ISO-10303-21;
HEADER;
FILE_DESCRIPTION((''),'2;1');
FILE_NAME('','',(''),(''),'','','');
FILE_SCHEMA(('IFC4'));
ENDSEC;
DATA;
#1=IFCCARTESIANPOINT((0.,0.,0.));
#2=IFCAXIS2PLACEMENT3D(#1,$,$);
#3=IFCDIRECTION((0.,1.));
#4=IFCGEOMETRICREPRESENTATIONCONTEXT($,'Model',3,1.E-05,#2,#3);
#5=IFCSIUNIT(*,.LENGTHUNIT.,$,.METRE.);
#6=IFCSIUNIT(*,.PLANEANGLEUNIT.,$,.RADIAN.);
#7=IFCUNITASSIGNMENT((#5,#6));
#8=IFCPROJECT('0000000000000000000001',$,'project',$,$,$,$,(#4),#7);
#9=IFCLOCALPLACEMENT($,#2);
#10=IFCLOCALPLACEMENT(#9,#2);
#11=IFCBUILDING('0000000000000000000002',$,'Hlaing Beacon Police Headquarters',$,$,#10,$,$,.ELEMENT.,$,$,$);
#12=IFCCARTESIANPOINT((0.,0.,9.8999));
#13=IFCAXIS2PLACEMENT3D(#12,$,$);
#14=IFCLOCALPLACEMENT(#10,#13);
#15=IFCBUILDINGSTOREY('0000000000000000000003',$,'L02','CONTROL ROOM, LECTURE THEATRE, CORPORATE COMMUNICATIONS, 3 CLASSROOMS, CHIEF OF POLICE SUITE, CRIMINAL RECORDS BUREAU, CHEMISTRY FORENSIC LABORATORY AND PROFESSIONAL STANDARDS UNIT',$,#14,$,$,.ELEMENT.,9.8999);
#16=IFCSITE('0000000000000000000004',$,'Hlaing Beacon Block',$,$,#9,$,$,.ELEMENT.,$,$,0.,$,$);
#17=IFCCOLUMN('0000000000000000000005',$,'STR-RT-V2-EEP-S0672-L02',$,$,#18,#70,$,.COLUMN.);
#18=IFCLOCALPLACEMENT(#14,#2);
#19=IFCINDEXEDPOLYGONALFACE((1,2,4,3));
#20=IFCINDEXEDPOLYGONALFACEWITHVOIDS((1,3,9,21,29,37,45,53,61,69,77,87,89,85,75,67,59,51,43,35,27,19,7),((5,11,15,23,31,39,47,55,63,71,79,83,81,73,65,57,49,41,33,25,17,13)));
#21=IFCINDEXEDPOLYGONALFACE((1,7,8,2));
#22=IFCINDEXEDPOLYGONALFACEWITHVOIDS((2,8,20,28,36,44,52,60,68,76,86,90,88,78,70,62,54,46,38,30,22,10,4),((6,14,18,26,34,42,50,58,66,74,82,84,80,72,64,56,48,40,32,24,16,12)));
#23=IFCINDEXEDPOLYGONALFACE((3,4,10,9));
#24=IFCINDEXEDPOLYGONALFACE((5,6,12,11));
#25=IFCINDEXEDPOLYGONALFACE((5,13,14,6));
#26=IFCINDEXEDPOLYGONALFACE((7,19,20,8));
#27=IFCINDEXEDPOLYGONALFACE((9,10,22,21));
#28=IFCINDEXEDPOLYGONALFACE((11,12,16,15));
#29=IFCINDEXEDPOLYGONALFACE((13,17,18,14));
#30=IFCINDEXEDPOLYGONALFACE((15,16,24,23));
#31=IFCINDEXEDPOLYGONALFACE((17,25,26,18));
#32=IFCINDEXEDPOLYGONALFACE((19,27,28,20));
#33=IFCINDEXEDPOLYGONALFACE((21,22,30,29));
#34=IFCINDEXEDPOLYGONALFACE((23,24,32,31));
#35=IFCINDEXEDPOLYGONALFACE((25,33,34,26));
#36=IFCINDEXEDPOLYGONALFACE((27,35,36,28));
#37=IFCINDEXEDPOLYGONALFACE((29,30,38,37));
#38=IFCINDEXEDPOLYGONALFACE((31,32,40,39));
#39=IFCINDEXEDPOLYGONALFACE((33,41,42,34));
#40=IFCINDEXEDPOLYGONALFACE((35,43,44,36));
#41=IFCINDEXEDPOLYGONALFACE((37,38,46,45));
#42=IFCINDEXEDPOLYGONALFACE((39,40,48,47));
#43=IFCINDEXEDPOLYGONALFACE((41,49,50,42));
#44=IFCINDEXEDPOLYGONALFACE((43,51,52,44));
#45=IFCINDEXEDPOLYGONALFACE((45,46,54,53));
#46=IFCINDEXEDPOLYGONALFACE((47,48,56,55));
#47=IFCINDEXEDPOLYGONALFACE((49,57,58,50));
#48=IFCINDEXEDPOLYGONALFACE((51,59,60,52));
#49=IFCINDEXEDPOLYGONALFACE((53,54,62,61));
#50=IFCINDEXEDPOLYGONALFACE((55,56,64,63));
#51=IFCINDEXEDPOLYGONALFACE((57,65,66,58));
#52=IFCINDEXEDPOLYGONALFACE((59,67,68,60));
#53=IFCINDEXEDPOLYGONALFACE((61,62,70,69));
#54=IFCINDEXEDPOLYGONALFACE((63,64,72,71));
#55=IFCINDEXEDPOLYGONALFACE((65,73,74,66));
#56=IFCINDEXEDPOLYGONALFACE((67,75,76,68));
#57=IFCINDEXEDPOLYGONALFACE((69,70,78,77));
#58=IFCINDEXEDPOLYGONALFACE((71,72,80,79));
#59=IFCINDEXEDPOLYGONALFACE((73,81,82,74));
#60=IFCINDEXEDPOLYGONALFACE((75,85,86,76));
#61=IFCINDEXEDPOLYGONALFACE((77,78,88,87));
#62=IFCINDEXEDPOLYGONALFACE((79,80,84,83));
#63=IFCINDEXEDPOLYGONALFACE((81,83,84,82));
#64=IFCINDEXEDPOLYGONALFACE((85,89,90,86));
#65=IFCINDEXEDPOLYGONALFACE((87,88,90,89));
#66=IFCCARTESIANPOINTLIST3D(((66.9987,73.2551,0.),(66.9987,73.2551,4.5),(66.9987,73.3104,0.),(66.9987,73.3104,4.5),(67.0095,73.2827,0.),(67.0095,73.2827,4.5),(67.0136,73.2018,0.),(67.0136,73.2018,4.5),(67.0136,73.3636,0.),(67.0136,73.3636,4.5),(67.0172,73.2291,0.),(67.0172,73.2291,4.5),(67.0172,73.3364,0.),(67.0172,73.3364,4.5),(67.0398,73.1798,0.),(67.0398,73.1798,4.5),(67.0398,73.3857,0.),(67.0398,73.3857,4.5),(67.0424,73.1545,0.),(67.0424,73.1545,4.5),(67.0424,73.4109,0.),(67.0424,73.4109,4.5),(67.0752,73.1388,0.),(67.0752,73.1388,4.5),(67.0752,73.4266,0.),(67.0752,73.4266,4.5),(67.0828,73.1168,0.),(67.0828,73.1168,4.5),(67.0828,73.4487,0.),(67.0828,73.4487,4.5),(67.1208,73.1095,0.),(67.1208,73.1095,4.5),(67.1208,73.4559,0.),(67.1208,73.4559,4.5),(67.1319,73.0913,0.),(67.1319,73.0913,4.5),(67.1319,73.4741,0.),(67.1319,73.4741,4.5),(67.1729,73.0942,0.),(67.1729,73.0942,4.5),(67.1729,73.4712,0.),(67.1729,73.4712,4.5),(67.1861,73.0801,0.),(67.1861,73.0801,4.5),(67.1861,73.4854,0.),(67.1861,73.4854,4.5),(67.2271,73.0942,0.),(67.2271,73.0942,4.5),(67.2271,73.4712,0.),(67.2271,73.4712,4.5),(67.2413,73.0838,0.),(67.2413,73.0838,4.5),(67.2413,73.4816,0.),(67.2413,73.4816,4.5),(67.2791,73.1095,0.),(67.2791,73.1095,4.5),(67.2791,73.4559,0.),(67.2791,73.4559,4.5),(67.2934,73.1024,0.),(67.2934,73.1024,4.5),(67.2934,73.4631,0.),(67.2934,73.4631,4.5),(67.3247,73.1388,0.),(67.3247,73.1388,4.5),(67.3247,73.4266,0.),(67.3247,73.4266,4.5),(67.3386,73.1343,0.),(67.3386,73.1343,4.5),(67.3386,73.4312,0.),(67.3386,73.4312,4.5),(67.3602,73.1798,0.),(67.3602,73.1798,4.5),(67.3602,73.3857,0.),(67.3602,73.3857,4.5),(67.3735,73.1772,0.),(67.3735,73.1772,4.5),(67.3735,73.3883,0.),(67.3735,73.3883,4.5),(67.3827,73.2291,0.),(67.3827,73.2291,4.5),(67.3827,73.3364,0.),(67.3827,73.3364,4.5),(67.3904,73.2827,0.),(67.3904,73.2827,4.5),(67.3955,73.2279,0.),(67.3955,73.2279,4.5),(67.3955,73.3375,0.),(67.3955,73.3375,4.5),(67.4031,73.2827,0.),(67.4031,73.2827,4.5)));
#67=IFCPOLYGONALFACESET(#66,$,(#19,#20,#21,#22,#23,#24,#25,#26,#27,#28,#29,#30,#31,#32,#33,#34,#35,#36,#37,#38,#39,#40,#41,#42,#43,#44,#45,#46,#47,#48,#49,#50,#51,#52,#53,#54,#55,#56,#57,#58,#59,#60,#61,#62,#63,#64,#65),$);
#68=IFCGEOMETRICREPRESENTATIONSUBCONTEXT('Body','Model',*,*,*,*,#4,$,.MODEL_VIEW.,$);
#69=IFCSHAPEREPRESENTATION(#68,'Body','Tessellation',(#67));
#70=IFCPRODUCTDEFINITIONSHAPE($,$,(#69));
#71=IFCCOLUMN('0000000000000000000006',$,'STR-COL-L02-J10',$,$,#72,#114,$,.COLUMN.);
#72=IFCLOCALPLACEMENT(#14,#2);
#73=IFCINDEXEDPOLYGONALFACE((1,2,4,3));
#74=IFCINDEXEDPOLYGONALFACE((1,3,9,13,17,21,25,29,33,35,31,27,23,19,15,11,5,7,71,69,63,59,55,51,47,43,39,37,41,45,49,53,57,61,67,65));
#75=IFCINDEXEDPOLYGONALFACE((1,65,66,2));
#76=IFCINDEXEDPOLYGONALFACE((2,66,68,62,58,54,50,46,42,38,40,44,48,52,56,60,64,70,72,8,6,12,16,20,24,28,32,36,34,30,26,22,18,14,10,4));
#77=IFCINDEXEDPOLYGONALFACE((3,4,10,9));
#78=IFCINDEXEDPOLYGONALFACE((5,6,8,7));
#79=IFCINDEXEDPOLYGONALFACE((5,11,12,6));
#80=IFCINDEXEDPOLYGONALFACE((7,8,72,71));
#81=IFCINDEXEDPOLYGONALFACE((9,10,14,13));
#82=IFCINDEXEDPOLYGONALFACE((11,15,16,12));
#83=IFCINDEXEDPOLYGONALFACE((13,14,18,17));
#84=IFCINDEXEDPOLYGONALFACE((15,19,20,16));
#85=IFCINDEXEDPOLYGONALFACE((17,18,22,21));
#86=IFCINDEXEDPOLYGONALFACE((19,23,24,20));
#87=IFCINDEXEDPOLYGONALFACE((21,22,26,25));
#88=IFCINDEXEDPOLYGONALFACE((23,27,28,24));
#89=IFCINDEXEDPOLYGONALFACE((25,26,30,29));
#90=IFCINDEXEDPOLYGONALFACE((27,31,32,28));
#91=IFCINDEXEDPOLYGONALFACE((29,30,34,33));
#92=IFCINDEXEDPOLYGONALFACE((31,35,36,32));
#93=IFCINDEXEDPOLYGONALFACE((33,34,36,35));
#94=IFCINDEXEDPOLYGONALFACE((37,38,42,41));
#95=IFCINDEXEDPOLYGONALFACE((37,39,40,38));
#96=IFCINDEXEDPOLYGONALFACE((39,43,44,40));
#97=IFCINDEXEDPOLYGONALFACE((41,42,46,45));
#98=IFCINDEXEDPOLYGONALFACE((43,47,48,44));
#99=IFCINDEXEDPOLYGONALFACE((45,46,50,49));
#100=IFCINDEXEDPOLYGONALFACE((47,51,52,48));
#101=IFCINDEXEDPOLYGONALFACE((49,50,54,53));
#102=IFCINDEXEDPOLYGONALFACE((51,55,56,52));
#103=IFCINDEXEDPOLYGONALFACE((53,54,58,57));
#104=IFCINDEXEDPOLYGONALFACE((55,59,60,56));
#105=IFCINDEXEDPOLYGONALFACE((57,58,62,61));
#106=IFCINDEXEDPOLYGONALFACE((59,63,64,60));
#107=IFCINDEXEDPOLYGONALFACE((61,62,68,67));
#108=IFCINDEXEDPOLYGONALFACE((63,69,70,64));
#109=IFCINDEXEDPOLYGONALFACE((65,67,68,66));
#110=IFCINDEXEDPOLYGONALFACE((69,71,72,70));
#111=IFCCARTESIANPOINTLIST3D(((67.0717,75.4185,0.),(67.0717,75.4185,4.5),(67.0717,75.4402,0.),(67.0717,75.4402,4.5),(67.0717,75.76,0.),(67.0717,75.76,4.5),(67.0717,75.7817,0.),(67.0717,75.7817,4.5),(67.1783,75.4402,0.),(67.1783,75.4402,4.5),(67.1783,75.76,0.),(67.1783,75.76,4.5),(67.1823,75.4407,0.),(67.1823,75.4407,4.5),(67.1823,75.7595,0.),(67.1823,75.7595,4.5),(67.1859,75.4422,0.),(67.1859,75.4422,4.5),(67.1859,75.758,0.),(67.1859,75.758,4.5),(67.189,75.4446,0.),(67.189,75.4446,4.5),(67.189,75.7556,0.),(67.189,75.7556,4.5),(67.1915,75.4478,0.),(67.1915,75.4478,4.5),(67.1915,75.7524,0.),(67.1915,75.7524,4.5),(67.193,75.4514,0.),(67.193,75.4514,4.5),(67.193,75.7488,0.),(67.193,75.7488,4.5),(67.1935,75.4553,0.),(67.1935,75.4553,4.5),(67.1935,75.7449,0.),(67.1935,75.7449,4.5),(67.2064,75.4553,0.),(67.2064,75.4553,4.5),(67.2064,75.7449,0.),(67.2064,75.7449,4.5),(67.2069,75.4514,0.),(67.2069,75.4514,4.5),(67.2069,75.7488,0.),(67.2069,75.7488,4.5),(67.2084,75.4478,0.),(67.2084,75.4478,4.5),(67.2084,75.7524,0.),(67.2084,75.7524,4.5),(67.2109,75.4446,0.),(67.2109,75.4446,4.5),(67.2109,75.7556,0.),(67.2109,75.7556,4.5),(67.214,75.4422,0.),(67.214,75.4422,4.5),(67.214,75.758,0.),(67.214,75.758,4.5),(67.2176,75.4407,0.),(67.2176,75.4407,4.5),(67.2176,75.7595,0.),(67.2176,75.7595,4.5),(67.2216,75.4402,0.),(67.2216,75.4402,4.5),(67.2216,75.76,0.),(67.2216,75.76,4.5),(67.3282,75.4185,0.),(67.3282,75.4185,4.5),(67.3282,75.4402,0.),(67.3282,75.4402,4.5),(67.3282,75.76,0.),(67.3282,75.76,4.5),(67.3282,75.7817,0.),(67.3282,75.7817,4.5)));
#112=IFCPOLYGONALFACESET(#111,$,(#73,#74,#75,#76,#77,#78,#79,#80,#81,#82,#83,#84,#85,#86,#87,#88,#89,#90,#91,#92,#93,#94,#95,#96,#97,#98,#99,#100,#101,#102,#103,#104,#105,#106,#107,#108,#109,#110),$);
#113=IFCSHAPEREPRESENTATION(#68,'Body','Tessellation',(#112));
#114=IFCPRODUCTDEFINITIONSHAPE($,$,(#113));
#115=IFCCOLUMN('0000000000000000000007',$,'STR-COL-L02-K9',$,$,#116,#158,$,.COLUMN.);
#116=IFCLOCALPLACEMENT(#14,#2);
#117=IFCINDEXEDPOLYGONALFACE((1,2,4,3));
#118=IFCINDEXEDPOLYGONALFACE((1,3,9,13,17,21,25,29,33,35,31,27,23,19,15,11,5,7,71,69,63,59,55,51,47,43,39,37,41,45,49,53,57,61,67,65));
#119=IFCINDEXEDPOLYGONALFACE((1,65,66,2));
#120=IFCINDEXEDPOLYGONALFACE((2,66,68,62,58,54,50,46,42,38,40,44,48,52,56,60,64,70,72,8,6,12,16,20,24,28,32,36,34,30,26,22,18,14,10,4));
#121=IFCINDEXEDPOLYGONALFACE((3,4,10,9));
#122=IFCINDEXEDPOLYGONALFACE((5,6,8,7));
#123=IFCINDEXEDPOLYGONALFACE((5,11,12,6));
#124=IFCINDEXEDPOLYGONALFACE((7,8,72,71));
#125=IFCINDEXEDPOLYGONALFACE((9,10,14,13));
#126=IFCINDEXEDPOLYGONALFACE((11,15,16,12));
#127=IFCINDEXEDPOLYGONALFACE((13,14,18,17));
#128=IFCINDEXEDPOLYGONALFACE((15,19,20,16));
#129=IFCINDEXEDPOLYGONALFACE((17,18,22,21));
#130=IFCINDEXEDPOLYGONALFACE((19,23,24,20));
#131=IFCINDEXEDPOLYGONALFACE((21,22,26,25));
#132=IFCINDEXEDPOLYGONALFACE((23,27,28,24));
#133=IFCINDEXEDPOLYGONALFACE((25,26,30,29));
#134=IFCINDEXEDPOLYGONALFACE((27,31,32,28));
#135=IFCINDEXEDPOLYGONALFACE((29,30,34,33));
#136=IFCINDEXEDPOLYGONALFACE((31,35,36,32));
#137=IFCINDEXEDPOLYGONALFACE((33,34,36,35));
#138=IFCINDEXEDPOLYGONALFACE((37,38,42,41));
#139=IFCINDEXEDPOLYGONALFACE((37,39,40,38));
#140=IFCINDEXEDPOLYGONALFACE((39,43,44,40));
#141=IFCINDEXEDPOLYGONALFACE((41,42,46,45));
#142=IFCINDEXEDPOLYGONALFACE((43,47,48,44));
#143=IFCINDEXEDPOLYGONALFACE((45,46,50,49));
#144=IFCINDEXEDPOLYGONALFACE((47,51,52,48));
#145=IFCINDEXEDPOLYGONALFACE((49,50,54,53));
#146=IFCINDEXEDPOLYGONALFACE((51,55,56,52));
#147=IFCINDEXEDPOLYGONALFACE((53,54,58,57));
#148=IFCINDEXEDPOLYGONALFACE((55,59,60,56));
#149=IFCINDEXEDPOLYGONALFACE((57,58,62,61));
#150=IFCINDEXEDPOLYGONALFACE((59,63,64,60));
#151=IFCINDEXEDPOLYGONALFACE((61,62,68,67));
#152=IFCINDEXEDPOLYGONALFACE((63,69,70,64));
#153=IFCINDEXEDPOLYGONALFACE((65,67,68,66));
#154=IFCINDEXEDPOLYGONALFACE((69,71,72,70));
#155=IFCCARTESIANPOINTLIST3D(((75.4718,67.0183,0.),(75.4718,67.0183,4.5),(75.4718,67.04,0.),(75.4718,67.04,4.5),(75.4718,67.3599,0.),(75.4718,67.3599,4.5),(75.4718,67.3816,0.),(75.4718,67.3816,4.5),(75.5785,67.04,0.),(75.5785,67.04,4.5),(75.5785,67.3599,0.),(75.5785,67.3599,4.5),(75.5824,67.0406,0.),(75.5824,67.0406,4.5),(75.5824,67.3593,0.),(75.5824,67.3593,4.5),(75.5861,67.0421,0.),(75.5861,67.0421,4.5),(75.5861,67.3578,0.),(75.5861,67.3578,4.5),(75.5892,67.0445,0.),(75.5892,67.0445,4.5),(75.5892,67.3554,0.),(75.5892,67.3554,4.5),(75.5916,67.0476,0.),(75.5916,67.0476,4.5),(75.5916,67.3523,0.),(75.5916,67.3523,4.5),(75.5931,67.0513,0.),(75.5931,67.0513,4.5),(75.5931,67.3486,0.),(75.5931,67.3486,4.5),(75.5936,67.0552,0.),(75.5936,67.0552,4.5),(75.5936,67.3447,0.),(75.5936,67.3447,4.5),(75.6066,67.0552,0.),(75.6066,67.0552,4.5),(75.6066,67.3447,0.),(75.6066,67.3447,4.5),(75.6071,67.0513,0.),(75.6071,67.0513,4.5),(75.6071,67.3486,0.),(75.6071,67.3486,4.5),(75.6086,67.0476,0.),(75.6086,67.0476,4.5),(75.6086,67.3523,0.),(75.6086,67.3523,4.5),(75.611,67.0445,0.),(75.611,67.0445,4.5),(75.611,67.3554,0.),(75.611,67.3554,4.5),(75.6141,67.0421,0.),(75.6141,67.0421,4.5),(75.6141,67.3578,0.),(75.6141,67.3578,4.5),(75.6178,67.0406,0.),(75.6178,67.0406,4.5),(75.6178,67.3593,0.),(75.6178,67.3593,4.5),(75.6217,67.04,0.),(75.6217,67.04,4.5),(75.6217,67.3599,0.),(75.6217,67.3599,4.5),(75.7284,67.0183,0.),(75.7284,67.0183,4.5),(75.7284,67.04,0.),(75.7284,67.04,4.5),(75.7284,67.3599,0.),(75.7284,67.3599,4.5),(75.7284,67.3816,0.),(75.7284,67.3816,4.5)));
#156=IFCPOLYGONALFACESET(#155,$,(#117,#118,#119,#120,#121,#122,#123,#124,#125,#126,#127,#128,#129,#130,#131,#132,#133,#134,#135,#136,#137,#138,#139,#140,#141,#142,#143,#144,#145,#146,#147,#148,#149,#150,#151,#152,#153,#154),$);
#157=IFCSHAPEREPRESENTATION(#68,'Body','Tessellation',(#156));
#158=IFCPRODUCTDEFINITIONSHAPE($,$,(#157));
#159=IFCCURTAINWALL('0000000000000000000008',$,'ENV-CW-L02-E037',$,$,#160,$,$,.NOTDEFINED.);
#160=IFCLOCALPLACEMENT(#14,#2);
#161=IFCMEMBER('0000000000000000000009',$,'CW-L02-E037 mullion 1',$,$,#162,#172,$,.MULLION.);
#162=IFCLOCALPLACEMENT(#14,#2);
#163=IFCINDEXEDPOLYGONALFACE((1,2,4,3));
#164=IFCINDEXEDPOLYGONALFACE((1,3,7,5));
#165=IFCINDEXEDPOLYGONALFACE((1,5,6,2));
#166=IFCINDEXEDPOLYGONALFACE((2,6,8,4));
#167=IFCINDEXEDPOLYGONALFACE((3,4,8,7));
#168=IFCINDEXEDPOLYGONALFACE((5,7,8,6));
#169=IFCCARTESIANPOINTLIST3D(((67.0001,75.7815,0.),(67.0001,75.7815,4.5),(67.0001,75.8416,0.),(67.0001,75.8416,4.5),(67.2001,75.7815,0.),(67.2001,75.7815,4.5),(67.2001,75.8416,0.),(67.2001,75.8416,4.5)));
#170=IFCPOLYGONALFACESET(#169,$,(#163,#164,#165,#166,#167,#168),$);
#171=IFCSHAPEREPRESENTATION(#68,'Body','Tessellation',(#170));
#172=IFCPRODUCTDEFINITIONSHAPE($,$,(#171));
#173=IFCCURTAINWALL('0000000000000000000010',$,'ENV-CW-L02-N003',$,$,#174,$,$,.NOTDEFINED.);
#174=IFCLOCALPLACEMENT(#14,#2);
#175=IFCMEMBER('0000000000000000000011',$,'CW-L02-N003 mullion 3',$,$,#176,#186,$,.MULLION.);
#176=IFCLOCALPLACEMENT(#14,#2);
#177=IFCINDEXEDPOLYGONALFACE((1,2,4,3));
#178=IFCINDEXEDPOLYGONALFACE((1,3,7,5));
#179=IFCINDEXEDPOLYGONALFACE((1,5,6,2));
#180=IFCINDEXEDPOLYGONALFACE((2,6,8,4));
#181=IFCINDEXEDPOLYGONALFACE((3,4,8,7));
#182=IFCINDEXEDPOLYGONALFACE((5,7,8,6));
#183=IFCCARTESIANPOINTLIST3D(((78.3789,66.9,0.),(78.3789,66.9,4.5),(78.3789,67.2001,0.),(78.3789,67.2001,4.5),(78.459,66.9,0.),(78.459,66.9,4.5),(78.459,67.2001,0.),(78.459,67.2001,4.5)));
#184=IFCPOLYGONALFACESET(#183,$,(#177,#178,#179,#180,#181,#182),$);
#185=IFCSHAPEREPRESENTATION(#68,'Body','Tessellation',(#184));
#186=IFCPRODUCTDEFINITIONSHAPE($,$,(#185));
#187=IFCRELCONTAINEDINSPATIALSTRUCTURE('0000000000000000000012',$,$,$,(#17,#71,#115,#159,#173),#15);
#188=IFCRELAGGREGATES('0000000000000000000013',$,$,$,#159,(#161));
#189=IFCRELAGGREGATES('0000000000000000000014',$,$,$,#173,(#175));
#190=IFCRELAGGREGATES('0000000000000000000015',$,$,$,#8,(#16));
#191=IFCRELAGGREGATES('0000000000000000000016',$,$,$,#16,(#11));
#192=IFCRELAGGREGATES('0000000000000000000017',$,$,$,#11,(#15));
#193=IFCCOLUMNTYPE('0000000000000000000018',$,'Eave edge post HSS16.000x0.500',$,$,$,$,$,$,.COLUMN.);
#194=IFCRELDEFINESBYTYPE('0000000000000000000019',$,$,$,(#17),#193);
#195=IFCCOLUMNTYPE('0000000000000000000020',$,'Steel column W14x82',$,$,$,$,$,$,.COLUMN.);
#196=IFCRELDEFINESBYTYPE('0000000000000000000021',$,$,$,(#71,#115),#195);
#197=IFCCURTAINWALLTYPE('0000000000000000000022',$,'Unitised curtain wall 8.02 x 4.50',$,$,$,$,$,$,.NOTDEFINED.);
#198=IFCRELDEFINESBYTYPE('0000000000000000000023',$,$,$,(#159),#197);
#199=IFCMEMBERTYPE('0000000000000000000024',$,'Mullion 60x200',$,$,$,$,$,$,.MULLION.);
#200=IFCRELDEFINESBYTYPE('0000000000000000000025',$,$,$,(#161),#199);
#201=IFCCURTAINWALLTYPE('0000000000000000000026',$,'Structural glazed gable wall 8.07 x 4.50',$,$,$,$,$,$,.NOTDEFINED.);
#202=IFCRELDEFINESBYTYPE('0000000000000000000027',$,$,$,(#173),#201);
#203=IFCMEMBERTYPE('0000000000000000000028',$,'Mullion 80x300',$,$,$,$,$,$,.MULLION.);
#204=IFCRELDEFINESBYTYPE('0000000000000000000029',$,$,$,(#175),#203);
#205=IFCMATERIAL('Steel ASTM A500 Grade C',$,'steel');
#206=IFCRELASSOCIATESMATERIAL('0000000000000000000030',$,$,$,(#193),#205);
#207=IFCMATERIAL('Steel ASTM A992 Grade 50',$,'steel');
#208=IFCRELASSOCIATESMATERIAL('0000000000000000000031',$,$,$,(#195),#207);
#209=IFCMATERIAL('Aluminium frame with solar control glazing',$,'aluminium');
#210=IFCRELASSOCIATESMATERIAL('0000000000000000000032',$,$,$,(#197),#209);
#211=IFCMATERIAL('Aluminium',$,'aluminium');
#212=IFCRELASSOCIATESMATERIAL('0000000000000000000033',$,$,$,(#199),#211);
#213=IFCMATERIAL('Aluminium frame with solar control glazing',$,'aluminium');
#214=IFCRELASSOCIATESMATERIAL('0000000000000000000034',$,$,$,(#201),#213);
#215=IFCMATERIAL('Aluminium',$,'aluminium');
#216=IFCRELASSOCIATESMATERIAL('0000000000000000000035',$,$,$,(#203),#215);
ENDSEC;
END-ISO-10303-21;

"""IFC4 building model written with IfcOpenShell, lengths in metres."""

from ifc_helpers import new_model, si_unit, direction, frame, origin, origin_2d, place, context, subcontext, project, spatial, rectangle, hollow_circle, i_section, extrude, material, material_profile, profile_set, type_object, element, aggregate, save


model = new_model("IFC4")

# Units and contexts
model_context = context("Model", 3, precision=1e-05, world=origin(), true_north=direction((0.0, 1.0)))
body_context = subcontext(model_context, "Body", "Model", "MODEL_VIEW")
ifc_project = project(units=[si_unit("LENGTHUNIT", "METRE"), si_unit("PLANEANGLEUNIT", "RADIAN")], contexts=[model_context])

# Site, building, storey
site_placement = place(None, origin())
site = spatial("IfcSite", under=ifc_project, at=site_placement, Name="Hlaing Beacon Block", CompositionType="ELEMENT", RefElevation=0.0)
building_placement = place(site_placement, origin())
building = spatial("IfcBuilding", under=site, at=building_placement, Name="Hlaing Beacon Police Headquarters", CompositionType="ELEMENT")
storey_placement = place(building_placement, frame((0.0, 0.0, 9.8999)))
storey = spatial("IfcBuildingStorey", under=building, at=storey_placement, Name="L02", Description="CONTROL ROOM, LECTURE THEATRE, CORPORATE COMMUNICATIONS, 3 CLASSROOMS, CHIEF OF POLICE SUITE, CRIMINAL RECORDS BUREAU, CHEMISTRY FORENSIC LABORATORY AND PROFESSIONAL STANDARDS UNIT", CompositionType="ELEMENT", Elevation=9.8999)

# Columns
ifc_material_1 = material(Name="Steel ASTM A500 Grade C", Category="steel")
ifc_material_profile_1 = material_profile(ifc_material_1, hollow_circle(Radius=0.2031, WallThickness=0.0127, at=origin_2d()), Name="HSS16.000x0.500")
ifc_profile_set_1 = profile_set([ifc_material_profile_1], Name="Steel ASTM A500 Grade C")
column_type_1 = type_object("IfcColumnType", Name="Eave edge post HSS16.000x0.500", PredefinedType="COLUMN", material=ifc_profile_set_1)
column_placement = place(storey_placement, frame((67.2, 73.2827, 0.0), z_axis=(0.0, 0.0, 1.0), x_axis=(1.0, 0.0, 0.0)))
element("IfcColumn", 1, at=column_placement, inside=storey, type_object=column_type_1, Name="STR-RT-V2-EEP-S0672-L02", PredefinedType="COLUMN", context=body_context, shape_type="SweptSolid", body=[
    extrude(hollow_circle(Radius=0.2031, WallThickness=0.0127, at=origin_2d()), origin(), (0.0, 0.0, 1.0), 4.5),
])
ifc_material_2 = material(Name="Steel ASTM A992 Grade 50", Category="steel")
ifc_material_profile_2 = material_profile(ifc_material_2, i_section(OverallWidth=0.2566, OverallDepth=0.3633, WebThickness=0.0129, FlangeThickness=0.0217, FilletRadius=0.0151, at=origin_2d()), Name="W14x82")
ifc_profile_set_2 = profile_set([ifc_material_profile_2], Name="Steel ASTM A992 Grade 50")
column_type_2 = type_object("IfcColumnType", Name="Steel column W14x82", PredefinedType="COLUMN", material=ifc_profile_set_2)
for number, where, z_axis, x_axis, name in (
    (2, (67.2, 75.6001, 0.0), (0.0, 0.0, 1.0), (1.0, 0.0, 0.0), "STR-COL-L02-J10"),
    (3, (75.6001, 67.2, 0.0), (0.0, 0.0, 1.0), (1.0, 0.0, 0.0), "STR-COL-L02-K9"),
):
    element("IfcColumn", number, at=place(storey_placement, frame(where, z_axis=z_axis, x_axis=x_axis)), inside=storey, type_object=column_type_2, Name=name, PredefinedType="COLUMN", context=body_context, shape_type="SweptSolid", body=[
        extrude(i_section(OverallWidth=0.2566, OverallDepth=0.3633, WebThickness=0.0129, FlangeThickness=0.0217, FilletRadius=0.0151, at=origin_2d()), origin(), (0.0, 0.0, 1.0), 4.5),
    ])

# Curtain walls, members
ifc_material_3 = material(Name="Aluminium frame with solar control glazing", Category="aluminium")
curtain_wall_type_1 = type_object("IfcCurtainWallType", Name="Unitised curtain wall 8.02 x 4.50", PredefinedType="NOTDEFINED", material=ifc_material_3)
curtain_wall_1_placement = place(storey_placement, origin())
curtain_wall_1 = element("IfcCurtainWall", 4, at=curtain_wall_1_placement, inside=storey, type_object=curtain_wall_type_1, Name="ENV-CW-L02-E037", PredefinedType="NOTDEFINED")
ifc_material_4 = material(Name="Aluminium", Category="aluminium")
ifc_material_profile_3 = material_profile(ifc_material_4, rectangle(XDim=0.2, YDim=0.0601, at=origin_2d()), Name="Mullion 60x200")
ifc_profile_set_3 = profile_set([ifc_material_profile_3], Name="Aluminium")
member_type_1 = type_object("IfcMemberType", Name="Mullion 60x200", PredefinedType="MULLION", material=ifc_profile_set_3)
member_1_placement = place(storey_placement, frame((67.1001, 75.8115, 0.0), z_axis=(0.0, 0.0, 1.0), x_axis=(-1.0, 0.0, 0.0)))
member_1 = element("IfcMember", 5, at=member_1_placement, type_object=member_type_1, Name="CW-L02-E037 mullion 1", PredefinedType="MULLION", context=body_context, shape_type="SweptSolid", body=[
    extrude(rectangle(XDim=0.2, YDim=0.0601, at=origin_2d()), origin(), (0.0, 0.0, 1.0), 4.5),
])
ifc_material_5 = material(Name="Aluminium frame with solar control glazing", Category="aluminium")
curtain_wall_type_2 = type_object("IfcCurtainWallType", Name="Structural glazed gable wall 8.07 x 4.50", PredefinedType="NOTDEFINED", material=ifc_material_5)
curtain_wall_2_placement = place(storey_placement, origin())
curtain_wall_2 = element("IfcCurtainWall", 6, at=curtain_wall_2_placement, inside=storey, type_object=curtain_wall_type_2, Name="ENV-CW-L02-N003", PredefinedType="NOTDEFINED")
ifc_material_6 = material(Name="Aluminium", Category="aluminium")
ifc_material_profile_4 = material_profile(ifc_material_6, rectangle(XDim=0.3, YDim=0.0801, at=origin_2d()), Name="Mullion 80x300")
ifc_profile_set_4 = profile_set([ifc_material_profile_4], Name="Aluminium")
member_type_2 = type_object("IfcMemberType", Name="Mullion 80x300", PredefinedType="MULLION", material=ifc_profile_set_4)
member_2_placement = place(storey_placement, frame((78.4189, 67.05, 0.0), z_axis=(0.0, 0.0, 1.0), x_axis=(0.0, -1.0, 0.0)))
member_2 = element("IfcMember", 7, at=member_2_placement, type_object=member_type_2, Name="CW-L02-N003 mullion 3", PredefinedType="MULLION", context=body_context, shape_type="SweptSolid", body=[
    extrude(rectangle(XDim=0.3, YDim=0.0801, at=origin_2d()), origin(), (0.0, 0.0, 1.0), 4.5),
])

aggregate(curtain_wall_1, [member_1])

aggregate(curtain_wall_2, [member_2])

save(model, "model.ifc")
